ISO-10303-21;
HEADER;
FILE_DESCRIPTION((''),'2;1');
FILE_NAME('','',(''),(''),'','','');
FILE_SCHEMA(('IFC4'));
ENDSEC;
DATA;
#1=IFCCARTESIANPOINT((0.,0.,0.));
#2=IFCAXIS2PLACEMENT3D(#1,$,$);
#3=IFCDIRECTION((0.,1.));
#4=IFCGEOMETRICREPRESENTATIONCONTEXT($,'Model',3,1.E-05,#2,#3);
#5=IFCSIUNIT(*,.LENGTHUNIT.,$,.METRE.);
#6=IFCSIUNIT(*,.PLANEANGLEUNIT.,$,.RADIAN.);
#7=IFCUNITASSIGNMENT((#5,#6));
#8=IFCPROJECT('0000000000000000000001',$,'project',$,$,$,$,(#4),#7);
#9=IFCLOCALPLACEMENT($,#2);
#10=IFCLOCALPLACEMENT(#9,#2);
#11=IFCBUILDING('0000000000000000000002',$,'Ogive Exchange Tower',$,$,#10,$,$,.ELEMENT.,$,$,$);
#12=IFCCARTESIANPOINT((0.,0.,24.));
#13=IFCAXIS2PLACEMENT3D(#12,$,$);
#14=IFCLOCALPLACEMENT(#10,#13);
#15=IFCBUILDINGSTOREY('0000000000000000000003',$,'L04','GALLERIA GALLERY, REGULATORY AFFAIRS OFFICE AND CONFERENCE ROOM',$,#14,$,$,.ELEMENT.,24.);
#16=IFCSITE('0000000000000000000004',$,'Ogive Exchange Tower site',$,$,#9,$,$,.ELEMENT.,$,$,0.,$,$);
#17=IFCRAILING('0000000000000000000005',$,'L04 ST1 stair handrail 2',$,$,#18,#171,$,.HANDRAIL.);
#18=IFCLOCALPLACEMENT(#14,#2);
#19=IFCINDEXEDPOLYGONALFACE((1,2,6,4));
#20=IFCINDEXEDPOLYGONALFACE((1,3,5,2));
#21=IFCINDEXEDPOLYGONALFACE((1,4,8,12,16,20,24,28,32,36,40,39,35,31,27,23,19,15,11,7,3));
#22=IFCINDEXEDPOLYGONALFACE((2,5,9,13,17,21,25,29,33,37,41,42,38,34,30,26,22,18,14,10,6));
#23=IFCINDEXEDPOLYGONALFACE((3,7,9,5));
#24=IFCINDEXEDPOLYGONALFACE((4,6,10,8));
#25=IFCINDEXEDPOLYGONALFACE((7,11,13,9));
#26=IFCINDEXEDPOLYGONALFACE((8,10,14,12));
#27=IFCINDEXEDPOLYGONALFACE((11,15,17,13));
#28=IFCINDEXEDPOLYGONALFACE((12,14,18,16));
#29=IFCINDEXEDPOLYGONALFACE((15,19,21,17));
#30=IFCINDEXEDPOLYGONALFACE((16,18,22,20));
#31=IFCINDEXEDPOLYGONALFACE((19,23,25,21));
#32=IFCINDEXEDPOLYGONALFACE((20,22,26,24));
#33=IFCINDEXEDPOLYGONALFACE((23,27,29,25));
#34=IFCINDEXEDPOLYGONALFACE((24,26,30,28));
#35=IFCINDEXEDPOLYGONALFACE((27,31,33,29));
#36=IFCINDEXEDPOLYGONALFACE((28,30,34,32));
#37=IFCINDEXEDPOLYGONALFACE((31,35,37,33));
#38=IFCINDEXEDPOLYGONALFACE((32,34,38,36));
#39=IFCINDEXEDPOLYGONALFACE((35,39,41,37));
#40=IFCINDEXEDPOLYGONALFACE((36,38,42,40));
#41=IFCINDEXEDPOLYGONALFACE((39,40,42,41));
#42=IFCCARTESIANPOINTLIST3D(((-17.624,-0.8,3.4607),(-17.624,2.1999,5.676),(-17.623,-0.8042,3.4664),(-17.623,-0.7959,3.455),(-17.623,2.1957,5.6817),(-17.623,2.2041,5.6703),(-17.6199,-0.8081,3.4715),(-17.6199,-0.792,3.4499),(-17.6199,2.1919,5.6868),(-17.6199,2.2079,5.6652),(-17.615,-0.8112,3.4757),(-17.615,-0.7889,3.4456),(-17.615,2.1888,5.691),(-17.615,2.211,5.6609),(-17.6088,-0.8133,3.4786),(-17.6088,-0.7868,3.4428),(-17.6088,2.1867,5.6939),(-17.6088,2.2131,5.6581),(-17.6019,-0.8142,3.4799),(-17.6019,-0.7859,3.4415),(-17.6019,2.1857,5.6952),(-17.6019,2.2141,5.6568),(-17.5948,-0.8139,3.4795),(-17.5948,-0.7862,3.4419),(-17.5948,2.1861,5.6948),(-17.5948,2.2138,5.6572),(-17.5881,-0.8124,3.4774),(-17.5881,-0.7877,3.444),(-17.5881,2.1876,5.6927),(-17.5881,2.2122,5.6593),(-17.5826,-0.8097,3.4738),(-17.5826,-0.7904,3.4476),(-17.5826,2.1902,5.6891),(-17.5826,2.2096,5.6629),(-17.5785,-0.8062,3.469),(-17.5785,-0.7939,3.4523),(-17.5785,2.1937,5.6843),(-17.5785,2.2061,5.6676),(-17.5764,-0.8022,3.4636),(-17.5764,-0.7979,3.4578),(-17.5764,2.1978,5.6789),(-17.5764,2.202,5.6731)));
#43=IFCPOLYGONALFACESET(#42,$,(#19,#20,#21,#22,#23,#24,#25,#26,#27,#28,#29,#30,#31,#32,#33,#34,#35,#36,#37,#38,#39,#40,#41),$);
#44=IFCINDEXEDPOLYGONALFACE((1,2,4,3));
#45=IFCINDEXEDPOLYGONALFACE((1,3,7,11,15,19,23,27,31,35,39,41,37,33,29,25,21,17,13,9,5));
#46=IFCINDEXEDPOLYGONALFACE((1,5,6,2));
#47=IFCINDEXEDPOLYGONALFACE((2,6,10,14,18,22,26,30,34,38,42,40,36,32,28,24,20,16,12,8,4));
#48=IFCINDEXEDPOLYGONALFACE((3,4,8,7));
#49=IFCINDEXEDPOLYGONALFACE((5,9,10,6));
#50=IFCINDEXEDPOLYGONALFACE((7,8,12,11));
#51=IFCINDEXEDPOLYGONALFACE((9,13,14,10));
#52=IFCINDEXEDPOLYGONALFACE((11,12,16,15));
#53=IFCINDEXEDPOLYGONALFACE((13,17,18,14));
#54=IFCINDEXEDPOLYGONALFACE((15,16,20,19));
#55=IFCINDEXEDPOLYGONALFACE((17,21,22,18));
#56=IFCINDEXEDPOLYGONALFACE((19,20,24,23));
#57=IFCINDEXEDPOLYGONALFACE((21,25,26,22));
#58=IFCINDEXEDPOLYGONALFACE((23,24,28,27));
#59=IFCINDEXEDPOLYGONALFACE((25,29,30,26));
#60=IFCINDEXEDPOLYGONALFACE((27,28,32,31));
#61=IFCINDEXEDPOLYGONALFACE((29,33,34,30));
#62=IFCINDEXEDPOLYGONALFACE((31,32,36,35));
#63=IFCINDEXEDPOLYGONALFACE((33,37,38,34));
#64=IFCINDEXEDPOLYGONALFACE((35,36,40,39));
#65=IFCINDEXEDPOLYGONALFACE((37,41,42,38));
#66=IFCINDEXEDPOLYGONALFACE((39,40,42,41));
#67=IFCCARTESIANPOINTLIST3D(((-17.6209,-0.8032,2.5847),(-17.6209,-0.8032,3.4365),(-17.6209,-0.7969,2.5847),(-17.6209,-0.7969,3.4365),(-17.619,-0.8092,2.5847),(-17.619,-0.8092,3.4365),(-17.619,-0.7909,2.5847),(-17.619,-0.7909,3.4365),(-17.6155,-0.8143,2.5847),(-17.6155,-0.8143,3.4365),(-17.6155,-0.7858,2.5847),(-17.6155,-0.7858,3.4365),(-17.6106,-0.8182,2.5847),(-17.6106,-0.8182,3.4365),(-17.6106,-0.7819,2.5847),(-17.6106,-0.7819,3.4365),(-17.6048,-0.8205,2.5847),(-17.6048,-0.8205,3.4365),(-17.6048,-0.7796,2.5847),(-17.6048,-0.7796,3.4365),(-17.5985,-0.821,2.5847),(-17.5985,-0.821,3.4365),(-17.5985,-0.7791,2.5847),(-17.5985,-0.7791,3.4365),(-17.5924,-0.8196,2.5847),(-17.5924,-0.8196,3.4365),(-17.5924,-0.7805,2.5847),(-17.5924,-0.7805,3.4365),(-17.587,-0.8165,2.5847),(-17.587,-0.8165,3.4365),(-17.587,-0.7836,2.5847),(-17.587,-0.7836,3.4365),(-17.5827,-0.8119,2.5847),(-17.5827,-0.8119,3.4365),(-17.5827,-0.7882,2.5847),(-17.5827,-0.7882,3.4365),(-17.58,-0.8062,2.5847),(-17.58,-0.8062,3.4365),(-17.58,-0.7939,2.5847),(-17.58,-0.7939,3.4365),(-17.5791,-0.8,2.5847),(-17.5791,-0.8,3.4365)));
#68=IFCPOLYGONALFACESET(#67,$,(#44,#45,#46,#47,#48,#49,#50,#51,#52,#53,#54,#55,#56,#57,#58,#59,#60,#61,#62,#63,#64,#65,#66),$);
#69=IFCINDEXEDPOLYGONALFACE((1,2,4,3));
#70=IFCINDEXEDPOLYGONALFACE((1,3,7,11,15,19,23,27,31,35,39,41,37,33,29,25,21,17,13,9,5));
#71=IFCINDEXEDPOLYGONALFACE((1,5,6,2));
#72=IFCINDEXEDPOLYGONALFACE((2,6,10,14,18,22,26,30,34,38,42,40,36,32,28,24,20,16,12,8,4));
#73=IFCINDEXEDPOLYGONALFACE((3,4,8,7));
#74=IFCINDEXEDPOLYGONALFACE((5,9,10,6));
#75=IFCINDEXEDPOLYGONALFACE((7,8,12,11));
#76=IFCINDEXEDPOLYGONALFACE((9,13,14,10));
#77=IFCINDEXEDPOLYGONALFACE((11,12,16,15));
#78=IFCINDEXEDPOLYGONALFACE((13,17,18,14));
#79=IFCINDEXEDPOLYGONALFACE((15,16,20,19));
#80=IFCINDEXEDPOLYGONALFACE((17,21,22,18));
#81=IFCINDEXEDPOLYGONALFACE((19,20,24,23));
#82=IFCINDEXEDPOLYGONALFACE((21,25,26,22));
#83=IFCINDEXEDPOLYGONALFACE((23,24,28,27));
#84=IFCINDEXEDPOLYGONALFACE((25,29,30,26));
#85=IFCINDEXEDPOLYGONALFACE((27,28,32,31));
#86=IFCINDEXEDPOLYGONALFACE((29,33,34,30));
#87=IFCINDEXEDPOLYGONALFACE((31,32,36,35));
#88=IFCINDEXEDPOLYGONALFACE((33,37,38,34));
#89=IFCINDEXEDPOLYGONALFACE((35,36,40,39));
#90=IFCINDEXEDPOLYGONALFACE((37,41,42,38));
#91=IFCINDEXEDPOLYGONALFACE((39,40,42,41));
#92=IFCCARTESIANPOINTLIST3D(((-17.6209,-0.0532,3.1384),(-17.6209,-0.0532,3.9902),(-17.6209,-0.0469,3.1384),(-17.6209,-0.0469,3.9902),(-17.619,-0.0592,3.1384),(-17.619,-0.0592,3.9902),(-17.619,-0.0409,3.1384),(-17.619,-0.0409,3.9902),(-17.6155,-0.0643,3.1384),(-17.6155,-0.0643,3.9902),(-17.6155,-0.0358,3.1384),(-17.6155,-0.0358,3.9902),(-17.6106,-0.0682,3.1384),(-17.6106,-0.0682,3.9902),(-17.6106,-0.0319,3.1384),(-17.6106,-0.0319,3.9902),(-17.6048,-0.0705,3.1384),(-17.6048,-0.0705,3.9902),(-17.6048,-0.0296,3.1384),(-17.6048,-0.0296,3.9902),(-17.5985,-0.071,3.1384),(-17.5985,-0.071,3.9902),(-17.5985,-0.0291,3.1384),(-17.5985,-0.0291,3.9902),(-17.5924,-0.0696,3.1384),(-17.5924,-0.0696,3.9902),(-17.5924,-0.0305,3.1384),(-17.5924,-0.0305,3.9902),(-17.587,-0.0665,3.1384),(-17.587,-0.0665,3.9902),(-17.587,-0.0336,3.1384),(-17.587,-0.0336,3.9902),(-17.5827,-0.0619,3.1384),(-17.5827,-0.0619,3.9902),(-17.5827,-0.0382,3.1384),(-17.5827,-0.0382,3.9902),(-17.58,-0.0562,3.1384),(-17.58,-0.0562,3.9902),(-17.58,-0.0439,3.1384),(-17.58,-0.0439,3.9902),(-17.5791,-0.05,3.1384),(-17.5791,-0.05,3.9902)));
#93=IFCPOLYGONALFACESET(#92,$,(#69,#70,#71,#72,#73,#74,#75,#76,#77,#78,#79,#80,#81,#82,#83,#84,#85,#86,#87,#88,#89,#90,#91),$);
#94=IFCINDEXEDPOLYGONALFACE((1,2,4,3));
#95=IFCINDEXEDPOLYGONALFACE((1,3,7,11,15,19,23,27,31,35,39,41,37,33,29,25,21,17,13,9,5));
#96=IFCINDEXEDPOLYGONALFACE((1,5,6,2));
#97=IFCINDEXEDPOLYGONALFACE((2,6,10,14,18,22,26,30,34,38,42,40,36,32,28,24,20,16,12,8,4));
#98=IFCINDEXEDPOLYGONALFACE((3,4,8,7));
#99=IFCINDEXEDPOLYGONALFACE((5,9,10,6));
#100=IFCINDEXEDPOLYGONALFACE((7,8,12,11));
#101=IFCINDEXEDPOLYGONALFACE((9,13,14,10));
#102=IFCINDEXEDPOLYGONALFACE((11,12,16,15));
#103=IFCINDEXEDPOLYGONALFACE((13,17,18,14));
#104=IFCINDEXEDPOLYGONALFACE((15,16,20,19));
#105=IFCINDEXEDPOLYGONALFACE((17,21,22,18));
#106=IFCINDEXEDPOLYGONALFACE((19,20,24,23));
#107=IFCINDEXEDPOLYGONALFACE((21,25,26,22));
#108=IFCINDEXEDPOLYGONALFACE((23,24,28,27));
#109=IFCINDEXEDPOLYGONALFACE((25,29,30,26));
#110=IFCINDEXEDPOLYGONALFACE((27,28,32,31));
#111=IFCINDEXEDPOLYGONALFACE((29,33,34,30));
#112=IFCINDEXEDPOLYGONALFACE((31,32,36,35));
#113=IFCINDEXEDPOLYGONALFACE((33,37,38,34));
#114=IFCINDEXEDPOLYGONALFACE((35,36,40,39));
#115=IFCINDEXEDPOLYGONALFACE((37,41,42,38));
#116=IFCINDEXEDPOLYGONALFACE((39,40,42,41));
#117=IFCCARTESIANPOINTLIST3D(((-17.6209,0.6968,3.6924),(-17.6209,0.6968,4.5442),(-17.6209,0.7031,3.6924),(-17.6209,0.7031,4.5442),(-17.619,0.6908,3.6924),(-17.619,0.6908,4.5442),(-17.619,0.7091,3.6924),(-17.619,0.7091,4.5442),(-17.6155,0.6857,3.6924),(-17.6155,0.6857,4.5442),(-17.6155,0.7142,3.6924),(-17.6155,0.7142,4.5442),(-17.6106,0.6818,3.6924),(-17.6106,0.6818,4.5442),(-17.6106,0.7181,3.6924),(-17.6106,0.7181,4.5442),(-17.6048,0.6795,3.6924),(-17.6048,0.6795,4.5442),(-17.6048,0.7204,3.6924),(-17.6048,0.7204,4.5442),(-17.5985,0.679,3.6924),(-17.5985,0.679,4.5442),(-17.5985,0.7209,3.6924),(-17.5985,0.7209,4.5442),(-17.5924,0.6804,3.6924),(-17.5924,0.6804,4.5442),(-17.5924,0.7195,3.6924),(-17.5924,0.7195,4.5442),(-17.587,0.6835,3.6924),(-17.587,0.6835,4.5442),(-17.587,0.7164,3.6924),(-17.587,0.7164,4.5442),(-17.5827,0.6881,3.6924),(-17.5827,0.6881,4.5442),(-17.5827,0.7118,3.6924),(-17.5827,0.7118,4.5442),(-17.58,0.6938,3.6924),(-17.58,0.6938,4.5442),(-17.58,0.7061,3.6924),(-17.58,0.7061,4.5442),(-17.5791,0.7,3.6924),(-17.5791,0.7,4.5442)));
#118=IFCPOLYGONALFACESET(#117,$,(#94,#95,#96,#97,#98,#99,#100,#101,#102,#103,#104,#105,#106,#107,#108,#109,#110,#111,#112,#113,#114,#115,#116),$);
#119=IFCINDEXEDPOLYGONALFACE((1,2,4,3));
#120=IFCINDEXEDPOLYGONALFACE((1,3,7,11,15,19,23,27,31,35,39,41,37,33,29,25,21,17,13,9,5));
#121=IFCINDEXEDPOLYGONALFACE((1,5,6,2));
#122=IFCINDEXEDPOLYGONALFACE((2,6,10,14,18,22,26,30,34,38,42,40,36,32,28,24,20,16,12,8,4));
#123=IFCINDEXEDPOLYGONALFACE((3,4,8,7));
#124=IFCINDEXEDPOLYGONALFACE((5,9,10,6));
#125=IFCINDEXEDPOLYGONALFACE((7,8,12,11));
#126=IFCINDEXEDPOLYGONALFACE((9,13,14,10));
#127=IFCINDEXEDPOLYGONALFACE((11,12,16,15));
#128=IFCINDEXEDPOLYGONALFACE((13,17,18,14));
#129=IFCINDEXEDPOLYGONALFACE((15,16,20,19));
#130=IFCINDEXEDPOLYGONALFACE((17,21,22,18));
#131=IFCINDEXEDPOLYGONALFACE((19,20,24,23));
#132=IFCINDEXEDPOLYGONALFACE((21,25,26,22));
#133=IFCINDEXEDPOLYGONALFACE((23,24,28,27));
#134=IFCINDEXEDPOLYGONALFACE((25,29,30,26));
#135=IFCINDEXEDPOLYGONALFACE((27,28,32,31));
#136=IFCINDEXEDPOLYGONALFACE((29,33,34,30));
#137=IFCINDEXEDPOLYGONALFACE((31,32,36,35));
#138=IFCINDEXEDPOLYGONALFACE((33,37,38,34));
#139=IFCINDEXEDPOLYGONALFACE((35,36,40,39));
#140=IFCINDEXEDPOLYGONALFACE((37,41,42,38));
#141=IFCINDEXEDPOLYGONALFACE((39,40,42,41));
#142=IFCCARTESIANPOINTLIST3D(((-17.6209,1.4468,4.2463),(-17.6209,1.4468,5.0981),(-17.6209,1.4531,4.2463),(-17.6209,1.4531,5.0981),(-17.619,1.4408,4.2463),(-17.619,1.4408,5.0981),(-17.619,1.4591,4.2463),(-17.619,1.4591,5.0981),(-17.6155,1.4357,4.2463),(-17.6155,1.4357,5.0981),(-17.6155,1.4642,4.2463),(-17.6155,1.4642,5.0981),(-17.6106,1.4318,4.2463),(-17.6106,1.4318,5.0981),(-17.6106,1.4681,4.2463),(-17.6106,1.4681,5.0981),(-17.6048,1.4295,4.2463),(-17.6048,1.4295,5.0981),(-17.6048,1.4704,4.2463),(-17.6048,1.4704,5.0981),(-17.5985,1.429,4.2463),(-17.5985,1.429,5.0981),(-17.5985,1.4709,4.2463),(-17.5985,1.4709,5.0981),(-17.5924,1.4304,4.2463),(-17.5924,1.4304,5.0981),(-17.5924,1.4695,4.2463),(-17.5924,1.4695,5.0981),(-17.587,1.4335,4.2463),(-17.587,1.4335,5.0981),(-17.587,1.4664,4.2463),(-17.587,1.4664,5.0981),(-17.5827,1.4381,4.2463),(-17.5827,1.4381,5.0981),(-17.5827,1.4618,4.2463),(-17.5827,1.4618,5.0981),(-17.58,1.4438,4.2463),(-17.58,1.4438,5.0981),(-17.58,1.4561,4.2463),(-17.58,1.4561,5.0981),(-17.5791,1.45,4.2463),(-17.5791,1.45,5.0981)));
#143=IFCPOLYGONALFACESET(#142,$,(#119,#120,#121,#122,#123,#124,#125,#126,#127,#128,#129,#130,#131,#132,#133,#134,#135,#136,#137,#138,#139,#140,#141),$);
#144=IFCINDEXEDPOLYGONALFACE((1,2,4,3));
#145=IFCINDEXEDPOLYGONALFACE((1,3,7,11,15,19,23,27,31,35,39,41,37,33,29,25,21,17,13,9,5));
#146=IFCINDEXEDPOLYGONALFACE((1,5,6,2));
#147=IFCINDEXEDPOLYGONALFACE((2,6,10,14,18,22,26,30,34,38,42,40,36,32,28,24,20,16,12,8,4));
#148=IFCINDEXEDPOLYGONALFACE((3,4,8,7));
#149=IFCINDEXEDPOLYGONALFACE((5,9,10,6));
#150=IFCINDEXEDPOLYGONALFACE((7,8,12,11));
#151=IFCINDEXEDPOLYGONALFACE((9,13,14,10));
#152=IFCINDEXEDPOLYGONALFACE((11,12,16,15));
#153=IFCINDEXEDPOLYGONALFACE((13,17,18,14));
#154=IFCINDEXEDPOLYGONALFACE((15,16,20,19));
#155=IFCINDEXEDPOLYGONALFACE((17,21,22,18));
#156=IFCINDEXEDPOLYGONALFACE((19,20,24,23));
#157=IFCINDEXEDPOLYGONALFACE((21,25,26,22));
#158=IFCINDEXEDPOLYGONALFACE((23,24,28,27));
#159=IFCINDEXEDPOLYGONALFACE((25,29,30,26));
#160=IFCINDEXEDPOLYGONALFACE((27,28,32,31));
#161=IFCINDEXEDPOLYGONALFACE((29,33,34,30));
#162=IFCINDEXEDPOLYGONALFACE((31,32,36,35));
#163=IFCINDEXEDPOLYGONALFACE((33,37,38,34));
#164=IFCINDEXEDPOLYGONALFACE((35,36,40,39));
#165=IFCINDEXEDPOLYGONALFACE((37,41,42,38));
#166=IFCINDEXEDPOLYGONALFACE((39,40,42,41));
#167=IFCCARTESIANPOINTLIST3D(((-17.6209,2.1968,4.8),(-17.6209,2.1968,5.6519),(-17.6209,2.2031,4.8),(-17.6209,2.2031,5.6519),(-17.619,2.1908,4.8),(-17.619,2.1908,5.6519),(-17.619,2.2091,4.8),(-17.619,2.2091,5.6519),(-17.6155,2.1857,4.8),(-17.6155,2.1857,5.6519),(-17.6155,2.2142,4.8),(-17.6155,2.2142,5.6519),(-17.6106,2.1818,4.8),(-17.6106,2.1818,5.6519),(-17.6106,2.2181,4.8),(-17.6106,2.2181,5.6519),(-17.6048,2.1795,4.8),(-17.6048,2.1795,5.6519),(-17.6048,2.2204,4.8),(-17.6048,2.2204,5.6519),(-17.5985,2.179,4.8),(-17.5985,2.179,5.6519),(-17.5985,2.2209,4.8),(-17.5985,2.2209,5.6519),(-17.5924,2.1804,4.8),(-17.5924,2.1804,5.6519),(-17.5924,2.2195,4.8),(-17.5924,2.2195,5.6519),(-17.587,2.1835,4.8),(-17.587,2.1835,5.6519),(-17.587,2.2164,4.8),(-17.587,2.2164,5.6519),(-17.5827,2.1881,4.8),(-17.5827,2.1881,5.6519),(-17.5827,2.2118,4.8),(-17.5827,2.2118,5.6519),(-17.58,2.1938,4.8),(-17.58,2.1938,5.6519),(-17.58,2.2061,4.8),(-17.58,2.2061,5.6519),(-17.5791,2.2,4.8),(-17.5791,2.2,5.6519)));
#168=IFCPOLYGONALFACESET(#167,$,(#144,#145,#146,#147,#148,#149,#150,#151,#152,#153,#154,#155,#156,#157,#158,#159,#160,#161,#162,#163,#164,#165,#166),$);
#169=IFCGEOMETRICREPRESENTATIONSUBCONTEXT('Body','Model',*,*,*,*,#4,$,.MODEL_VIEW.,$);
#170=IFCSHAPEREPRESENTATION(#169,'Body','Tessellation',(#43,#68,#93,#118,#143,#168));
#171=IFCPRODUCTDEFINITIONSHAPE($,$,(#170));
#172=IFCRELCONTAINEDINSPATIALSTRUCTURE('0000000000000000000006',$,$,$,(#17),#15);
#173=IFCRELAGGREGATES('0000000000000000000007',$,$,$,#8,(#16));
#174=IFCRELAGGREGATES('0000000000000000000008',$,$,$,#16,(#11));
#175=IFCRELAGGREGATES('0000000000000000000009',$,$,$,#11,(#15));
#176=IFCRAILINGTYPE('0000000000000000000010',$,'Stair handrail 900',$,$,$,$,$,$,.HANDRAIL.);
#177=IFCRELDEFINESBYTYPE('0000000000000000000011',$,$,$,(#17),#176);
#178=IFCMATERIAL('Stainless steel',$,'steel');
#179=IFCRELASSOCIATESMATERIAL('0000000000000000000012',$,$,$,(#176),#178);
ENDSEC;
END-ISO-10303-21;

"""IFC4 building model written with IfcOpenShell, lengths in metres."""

from ifc_helpers import new_model, si_unit, direction, frame, origin, origin_2d, place, context, subcontext, project, spatial, circle, extrude, material, type_object, element, save


model = new_model("IFC4")

# Units and contexts
model_context = context("Model", 3, precision=1e-05, world=origin(), true_north=direction((0.0, 1.0)))
body_context = subcontext(model_context, "Body", "Model", "MODEL_VIEW")
ifc_project = project(units=[si_unit("LENGTHUNIT", "METRE"), si_unit("PLANEANGLEUNIT", "RADIAN")], contexts=[model_context])

# Site, building, storey
site_placement = place(None, origin())
site = spatial("IfcSite", under=ifc_project, at=site_placement, Name="Ogive Exchange Tower site", CompositionType="ELEMENT", RefElevation=0.0)
building_placement = place(site_placement, origin())
building = spatial("IfcBuilding", under=site, at=building_placement, Name="Ogive Exchange Tower", CompositionType="ELEMENT")
storey_placement = place(building_placement, frame((0.0, 0.0, 24.0)))
storey = spatial("IfcBuildingStorey", under=building, at=storey_placement, Name="L04", Description="GALLERIA GALLERY, REGULATORY AFFAIRS OFFICE AND CONFERENCE ROOM", CompositionType="ELEMENT", Elevation=24.0)

# Shared definitions
ifc_material_1 = material(Name="Stainless steel", Category="steel")

# Railing
railing_type = type_object("IfcRailingType", Name="Stair handrail 900", PredefinedType="HANDRAIL", material=ifc_material_1)
railing_placement = place(storey_placement, frame((-17.6001, -0.8, 2.5847)))
element("IfcRailing", 1, at=railing_placement, inside=storey, type_object=railing_type, Name="L04 ST1 stair handrail 2", PredefinedType="HANDRAIL", context=body_context, shape_type="SweptSolid", body=[
    extrude(circle(Radius=0.0239, at=origin_2d()), frame((0.0, 0.0, 0.876), z_axis=(0.0, 0.80444, 0.594034), x_axis=(-1.0, 0.0, 0.0)), (0.0, 0.0, 1.0), 3.7292),
    extrude(circle(Radius=0.021, at=origin_2d()), origin(), (0.0, 0.0, 1.0), 0.8518),
    extrude(circle(Radius=0.021, at=origin_2d()), frame((0.0, 0.75, 0.5537)), (0.0, 0.0, 1.0), 0.8518),
    extrude(circle(Radius=0.021, at=origin_2d()), frame((0.0, 1.5, 1.1077)), (0.0, 0.0, 1.0), 0.8518),
    extrude(circle(Radius=0.021, at=origin_2d()), frame((0.0, 2.25, 1.6616)), (0.0, 0.0, 1.0), 0.8518),
    extrude(circle(Radius=0.021, at=origin_2d()), frame((0.0, 3.0, 2.2153)), (0.0, 0.0, 1.0), 0.8518),
])

save(model, "model.ifc")
